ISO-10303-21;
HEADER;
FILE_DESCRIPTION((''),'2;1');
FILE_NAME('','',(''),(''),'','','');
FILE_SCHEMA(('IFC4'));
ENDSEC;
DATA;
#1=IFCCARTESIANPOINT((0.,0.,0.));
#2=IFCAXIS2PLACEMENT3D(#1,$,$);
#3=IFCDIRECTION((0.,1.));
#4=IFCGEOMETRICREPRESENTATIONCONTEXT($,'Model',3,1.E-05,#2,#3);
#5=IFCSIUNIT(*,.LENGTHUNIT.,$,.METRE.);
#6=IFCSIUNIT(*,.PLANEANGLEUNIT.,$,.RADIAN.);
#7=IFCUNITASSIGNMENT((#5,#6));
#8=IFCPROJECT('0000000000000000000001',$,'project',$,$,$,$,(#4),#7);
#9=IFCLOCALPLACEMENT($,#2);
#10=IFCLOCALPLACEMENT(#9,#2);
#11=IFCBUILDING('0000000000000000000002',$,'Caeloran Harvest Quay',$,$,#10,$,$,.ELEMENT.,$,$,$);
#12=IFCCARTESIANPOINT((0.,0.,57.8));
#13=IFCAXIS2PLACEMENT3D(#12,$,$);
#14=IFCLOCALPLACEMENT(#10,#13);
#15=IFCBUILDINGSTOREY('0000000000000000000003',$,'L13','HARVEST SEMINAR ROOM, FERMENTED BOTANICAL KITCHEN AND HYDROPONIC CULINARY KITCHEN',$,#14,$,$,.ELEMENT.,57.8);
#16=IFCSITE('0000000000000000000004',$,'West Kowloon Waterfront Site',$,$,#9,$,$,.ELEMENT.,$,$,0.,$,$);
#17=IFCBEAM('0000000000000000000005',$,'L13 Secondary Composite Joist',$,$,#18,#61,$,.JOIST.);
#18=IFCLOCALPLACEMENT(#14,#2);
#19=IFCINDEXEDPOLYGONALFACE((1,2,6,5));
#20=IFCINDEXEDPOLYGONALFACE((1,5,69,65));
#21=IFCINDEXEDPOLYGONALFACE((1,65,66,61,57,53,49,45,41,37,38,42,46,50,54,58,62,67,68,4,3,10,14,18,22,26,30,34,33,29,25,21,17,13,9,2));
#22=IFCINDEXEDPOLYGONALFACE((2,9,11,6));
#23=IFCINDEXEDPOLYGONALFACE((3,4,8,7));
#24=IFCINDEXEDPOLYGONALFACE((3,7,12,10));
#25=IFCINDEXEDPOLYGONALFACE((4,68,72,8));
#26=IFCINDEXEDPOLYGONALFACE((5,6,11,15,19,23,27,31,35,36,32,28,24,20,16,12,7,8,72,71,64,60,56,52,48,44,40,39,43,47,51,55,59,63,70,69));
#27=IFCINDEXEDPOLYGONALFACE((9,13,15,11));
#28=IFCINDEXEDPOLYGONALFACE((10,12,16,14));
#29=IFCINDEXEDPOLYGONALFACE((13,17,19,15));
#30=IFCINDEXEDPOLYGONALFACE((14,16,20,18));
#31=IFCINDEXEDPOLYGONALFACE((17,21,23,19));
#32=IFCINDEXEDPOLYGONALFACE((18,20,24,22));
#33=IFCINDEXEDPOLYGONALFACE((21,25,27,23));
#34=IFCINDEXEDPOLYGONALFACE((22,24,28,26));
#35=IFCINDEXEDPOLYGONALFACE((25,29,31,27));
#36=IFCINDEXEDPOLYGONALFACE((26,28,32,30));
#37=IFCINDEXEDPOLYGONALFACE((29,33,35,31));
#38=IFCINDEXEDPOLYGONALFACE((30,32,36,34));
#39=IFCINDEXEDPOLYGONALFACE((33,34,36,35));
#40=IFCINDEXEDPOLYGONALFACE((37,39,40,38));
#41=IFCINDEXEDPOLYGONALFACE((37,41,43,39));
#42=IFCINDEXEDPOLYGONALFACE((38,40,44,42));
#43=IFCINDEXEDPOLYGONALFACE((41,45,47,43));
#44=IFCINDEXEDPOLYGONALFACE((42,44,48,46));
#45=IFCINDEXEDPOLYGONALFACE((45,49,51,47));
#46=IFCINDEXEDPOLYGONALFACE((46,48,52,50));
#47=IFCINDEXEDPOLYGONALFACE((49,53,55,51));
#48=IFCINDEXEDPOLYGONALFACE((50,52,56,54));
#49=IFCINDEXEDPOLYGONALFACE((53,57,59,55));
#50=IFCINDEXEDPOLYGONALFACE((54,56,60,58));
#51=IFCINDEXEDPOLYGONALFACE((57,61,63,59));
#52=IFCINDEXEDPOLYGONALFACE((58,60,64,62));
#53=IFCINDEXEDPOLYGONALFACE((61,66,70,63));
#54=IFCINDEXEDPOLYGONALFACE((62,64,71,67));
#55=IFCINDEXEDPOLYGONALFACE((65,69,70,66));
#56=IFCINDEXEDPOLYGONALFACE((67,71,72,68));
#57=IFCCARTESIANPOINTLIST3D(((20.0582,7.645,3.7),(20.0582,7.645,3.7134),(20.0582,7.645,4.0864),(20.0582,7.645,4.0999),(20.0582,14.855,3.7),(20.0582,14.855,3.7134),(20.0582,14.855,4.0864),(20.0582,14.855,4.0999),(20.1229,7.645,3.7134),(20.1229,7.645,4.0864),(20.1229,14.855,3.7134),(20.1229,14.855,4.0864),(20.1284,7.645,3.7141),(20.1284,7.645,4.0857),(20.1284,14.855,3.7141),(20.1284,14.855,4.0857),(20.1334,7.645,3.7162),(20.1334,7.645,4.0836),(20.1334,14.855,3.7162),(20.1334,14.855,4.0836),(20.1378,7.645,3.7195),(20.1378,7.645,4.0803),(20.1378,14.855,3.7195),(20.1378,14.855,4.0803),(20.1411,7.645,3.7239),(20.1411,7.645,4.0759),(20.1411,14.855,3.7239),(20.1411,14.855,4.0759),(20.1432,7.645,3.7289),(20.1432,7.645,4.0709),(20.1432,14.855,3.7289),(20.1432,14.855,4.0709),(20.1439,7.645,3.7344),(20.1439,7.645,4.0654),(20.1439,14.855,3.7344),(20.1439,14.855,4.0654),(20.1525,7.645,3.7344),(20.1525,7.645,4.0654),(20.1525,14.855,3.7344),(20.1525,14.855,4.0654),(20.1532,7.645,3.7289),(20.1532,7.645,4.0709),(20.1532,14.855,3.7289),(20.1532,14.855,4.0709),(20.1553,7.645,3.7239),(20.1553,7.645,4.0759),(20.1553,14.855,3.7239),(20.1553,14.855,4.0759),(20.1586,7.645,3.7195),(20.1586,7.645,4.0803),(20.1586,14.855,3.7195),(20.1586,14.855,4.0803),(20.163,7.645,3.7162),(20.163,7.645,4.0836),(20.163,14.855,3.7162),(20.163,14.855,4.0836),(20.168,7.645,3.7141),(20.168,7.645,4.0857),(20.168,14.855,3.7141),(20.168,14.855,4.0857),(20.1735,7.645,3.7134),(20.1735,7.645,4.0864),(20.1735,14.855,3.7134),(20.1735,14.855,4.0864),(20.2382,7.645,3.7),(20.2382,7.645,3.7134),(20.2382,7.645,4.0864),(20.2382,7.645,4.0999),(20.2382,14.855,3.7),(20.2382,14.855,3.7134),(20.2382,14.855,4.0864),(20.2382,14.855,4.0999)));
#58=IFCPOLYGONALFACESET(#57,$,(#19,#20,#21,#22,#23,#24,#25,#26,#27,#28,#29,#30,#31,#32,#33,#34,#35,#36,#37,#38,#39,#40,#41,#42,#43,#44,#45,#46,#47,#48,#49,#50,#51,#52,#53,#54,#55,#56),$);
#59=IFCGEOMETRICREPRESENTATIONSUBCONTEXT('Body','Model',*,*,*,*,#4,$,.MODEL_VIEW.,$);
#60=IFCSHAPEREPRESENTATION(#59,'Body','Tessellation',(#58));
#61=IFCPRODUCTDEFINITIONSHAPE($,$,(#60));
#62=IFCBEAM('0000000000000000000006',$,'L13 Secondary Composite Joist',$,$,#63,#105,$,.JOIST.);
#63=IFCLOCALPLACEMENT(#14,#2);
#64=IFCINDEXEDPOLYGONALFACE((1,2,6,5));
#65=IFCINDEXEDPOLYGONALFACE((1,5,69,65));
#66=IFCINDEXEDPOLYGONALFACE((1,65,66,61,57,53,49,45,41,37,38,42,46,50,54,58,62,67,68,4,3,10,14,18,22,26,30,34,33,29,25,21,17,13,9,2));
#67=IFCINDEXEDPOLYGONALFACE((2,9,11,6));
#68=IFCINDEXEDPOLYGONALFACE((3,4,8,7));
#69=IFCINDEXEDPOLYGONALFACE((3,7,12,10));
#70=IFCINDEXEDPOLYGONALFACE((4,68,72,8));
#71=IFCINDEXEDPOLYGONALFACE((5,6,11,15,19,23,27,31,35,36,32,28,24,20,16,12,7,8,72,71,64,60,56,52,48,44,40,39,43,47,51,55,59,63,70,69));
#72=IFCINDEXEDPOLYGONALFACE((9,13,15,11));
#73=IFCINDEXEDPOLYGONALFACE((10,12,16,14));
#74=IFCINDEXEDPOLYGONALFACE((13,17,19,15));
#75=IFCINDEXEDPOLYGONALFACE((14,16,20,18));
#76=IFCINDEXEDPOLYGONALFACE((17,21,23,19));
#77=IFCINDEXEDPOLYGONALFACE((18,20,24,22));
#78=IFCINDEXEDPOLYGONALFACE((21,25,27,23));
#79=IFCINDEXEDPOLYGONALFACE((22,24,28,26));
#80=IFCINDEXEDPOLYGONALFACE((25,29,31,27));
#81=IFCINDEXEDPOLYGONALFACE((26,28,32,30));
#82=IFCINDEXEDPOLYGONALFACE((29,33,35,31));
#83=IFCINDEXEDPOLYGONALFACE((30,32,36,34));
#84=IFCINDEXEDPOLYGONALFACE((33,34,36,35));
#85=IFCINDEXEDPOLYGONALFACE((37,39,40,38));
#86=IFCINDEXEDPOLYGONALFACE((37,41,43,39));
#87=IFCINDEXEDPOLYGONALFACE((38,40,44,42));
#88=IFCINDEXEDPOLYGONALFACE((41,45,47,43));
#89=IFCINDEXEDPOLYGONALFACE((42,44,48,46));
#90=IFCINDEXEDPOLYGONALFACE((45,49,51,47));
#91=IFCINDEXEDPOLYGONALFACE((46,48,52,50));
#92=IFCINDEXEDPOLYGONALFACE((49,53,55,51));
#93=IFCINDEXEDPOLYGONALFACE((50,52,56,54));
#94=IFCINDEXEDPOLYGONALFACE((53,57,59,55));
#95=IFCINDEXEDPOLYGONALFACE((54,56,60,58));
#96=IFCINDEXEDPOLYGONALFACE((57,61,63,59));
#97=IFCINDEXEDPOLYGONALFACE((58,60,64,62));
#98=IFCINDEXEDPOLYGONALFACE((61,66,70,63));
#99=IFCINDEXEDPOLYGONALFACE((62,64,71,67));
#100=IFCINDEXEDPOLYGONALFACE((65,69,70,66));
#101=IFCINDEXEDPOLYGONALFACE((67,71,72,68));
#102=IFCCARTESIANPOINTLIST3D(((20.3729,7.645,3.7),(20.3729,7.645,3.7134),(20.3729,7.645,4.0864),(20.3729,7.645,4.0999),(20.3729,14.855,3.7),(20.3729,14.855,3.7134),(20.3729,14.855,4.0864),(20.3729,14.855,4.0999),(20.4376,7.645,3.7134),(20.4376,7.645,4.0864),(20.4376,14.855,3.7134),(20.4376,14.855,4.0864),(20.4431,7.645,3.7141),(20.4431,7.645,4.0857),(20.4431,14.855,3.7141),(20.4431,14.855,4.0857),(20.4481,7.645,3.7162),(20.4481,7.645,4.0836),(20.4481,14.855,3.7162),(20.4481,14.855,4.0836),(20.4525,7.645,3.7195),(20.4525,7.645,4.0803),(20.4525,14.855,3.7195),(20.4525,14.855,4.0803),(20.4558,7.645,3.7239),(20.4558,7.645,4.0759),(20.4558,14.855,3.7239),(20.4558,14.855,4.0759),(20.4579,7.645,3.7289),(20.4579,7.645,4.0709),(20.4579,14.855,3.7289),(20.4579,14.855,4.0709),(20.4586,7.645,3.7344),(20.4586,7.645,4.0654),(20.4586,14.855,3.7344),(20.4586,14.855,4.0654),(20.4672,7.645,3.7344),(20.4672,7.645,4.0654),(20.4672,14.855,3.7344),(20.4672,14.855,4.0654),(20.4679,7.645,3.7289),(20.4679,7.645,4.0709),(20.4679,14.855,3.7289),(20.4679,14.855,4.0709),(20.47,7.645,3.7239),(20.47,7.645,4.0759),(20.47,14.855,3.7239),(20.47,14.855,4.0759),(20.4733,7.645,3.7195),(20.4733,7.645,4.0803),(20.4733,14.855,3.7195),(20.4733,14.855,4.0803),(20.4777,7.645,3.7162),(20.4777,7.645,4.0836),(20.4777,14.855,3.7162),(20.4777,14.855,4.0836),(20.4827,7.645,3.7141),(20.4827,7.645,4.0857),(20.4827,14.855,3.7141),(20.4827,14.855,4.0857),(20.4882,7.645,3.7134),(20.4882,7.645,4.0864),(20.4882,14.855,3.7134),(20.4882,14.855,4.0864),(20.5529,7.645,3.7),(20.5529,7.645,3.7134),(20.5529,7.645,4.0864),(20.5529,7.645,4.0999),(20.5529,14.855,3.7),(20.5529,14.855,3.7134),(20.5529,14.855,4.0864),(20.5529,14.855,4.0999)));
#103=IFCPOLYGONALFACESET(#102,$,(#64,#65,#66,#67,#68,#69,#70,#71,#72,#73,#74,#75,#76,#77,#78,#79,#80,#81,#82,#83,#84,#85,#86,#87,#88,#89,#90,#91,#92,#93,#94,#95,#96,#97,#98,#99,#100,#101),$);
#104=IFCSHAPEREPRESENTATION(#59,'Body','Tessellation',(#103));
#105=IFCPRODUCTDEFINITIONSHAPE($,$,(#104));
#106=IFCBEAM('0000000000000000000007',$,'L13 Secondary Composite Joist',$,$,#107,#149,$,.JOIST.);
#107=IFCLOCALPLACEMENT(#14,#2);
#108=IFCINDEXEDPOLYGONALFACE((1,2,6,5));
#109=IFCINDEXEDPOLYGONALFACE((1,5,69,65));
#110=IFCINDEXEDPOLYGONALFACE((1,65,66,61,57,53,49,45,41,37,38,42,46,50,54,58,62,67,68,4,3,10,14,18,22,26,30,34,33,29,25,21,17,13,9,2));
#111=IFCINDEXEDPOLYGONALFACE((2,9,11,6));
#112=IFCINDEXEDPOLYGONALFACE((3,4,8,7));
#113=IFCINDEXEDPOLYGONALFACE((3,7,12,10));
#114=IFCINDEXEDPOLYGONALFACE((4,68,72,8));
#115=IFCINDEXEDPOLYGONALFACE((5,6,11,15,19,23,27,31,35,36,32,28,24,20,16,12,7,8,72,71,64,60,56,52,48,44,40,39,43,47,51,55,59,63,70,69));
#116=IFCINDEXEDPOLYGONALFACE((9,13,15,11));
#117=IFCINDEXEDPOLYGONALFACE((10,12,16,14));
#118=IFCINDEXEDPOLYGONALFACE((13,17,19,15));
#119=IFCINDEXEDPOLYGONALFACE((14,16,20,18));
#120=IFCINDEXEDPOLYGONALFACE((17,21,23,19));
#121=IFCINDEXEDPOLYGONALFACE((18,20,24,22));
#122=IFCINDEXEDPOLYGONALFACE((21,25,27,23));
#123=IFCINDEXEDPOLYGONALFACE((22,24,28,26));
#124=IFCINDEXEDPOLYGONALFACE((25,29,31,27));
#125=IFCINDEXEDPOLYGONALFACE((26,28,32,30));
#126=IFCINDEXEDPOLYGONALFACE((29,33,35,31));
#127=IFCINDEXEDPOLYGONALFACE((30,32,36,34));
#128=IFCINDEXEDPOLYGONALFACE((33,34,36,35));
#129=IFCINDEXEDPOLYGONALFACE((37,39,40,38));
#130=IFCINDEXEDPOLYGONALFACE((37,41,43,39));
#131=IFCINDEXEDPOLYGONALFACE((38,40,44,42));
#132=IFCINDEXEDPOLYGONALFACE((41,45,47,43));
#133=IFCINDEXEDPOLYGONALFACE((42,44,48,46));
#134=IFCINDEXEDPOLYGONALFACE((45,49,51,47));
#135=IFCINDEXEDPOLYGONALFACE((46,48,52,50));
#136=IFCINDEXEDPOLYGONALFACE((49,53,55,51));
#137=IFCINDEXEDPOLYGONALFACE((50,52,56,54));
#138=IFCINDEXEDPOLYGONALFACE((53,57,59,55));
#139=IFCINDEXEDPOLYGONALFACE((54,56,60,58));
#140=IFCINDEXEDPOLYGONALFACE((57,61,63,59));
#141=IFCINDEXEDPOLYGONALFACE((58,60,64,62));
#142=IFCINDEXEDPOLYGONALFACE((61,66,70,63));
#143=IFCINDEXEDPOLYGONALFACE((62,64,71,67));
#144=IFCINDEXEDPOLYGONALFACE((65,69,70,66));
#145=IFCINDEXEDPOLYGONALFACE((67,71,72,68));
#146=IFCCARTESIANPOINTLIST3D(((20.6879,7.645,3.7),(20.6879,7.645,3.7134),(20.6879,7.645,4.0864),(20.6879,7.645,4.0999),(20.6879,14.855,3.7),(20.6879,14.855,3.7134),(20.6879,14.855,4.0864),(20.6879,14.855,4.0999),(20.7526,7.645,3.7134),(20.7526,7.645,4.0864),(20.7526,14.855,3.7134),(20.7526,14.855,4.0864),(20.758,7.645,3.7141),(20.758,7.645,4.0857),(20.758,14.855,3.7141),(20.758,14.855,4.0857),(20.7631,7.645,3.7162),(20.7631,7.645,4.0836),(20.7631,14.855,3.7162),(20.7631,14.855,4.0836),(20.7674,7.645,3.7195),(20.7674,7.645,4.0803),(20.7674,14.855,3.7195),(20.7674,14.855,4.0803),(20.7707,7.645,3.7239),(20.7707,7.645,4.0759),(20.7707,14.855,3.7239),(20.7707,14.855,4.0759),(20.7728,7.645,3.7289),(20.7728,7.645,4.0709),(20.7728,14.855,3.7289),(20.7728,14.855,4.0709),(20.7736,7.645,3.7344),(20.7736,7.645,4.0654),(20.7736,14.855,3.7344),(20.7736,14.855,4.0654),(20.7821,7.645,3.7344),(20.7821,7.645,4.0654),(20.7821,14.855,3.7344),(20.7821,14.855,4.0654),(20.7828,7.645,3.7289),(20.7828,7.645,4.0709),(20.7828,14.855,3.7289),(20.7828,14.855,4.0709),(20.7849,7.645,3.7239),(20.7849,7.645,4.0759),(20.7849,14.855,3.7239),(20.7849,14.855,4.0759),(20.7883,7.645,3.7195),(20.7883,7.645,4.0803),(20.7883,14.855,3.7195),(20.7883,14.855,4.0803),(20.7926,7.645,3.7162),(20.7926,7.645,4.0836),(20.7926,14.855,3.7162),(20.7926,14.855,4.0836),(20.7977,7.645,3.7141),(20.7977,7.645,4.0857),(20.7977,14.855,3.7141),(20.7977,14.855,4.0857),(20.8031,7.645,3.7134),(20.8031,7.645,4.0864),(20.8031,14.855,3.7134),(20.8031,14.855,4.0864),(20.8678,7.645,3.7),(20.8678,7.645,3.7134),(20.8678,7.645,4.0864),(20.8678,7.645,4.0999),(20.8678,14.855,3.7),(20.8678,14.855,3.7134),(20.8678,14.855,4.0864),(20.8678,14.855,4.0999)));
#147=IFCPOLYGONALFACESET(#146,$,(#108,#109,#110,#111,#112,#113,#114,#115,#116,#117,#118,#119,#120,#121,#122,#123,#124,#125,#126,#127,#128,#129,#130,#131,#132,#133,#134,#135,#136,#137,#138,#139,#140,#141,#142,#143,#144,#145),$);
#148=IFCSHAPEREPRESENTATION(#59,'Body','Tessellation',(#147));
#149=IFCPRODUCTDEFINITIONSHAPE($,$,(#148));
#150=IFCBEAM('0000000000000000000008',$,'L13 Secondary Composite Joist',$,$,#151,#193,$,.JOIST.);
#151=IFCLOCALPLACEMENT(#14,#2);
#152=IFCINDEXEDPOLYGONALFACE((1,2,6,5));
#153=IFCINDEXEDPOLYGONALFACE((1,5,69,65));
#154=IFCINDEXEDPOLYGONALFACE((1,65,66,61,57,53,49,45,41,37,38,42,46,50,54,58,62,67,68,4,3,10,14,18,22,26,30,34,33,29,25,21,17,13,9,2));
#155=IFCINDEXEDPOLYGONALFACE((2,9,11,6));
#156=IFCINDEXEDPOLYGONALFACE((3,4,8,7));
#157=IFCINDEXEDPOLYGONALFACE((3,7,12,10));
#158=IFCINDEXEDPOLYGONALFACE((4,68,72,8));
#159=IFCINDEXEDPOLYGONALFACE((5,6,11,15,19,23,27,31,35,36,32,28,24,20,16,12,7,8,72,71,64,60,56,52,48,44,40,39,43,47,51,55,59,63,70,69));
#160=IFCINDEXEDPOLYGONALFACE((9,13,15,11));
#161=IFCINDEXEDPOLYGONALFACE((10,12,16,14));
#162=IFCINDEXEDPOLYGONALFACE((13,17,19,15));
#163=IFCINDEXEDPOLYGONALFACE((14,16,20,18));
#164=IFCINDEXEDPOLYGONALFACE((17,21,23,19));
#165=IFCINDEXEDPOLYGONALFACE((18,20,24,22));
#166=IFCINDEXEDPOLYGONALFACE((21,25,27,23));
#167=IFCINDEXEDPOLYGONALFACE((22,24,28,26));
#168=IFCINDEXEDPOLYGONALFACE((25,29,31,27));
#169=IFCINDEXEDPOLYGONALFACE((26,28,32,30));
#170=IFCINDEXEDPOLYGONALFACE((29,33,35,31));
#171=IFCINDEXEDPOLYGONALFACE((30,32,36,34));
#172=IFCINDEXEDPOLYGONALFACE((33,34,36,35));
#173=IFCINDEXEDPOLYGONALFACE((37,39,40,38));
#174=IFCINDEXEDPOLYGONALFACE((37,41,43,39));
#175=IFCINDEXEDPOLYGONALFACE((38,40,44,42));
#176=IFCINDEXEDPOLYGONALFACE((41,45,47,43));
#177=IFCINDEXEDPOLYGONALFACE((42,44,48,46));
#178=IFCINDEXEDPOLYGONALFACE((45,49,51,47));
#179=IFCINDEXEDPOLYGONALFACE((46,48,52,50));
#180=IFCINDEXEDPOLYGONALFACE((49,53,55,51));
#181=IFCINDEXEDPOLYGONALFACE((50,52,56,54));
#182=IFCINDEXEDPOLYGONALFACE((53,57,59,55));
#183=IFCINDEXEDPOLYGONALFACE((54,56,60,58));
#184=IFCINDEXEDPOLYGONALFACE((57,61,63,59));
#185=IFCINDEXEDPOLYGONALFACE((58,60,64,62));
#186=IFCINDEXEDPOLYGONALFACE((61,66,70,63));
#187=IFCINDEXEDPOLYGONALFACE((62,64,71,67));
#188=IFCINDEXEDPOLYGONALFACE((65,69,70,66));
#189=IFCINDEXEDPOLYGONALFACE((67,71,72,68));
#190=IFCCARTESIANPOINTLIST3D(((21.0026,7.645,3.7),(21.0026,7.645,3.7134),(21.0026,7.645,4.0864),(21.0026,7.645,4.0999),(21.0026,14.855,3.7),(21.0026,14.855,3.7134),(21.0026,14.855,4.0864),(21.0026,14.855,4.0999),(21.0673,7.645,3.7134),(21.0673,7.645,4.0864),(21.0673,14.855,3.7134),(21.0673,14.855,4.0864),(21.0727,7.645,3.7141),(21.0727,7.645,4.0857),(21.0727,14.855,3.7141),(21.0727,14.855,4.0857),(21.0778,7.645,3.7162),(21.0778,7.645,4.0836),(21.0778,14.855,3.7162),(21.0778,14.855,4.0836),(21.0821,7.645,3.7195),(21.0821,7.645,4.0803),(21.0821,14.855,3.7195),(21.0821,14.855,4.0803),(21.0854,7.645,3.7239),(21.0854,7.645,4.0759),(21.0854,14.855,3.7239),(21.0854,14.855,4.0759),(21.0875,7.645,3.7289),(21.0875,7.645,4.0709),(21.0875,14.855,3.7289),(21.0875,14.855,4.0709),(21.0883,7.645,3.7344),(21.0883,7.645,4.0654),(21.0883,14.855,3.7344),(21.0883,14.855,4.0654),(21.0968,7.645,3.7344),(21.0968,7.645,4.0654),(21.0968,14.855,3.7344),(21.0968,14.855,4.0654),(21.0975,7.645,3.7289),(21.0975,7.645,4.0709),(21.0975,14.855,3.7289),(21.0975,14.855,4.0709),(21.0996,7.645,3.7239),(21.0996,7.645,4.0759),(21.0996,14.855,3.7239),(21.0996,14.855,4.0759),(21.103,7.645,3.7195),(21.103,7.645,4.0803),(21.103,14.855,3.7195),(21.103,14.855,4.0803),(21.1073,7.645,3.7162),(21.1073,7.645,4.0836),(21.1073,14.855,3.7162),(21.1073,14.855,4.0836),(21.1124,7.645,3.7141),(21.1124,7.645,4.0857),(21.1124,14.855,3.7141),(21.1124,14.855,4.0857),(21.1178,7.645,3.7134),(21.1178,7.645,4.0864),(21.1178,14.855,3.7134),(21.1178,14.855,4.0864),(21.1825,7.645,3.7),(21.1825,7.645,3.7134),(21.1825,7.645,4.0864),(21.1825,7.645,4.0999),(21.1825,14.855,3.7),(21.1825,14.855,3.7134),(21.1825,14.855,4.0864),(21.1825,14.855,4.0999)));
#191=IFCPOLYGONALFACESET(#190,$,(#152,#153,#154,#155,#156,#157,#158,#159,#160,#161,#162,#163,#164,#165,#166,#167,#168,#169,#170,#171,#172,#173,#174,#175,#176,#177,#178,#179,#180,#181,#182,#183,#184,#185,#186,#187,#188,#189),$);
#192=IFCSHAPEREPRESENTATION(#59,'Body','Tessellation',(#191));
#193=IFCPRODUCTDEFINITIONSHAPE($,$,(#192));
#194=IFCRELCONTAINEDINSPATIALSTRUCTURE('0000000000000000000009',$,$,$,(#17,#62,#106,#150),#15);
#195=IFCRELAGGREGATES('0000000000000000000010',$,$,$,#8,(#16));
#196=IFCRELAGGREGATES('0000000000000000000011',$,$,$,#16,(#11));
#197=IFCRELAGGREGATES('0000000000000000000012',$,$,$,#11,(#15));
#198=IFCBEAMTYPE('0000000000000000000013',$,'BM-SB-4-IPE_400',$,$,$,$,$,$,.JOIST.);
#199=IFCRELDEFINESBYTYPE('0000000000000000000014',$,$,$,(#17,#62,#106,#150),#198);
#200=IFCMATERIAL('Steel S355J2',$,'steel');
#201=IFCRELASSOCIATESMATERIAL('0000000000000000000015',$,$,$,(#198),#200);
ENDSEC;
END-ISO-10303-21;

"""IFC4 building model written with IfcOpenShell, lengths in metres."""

from ifc_helpers import new_model, si_unit, direction, frame, origin, origin_2d, place, context, subcontext, project, spatial, i_section, extrude, material, material_profile, profile_set, type_object, element, save


model = new_model("IFC4")

# Units and contexts
model_context = context("Model", 3, precision=1e-05, world=origin(), true_north=direction((0.0, 1.0)))
body_context = subcontext(model_context, "Body", "Model", "MODEL_VIEW")
ifc_project = project(units=[si_unit("LENGTHUNIT", "METRE"), si_unit("PLANEANGLEUNIT", "RADIAN")], contexts=[model_context])

# Site, building, storey
site_placement = place(None, origin())
site = spatial("IfcSite", under=ifc_project, at=site_placement, Name="West Kowloon Waterfront Site", CompositionType="ELEMENT", RefElevation=0.0)
building_placement = place(site_placement, origin())
building = spatial("IfcBuilding", under=site, at=building_placement, Name="Caeloran Harvest Quay", CompositionType="ELEMENT")
storey_placement = place(building_placement, frame((0.0, 0.0, 57.8)))
storey = spatial("IfcBuildingStorey", under=building, at=storey_placement, Name="L13", Description="HARVEST SEMINAR ROOM, FERMENTED BOTANICAL KITCHEN AND HYDROPONIC CULINARY KITCHEN", CompositionType="ELEMENT", Elevation=57.8)

# Beams
ifc_material = material(Name="Steel S355J2", Category="steel")
ifc_material_profile_1 = material_profile(ifc_material, i_section(OverallWidth=0.1799, OverallDepth=0.3999, WebThickness=0.0085, FlangeThickness=0.0134, FilletRadius=0.021, at=origin_2d()), Name="IPE 400")
ifc_profile_set_1 = profile_set([ifc_material_profile_1], Name="Steel S355J2")
beam_type_1 = type_object("IfcBeamType", Name="BM-SB-4-IPE_400", PredefinedType="JOIST", material=ifc_profile_set_1)
for number, where, z_axis, x_axis, name in (
    (1, (20.1482, 7.645, 3.8999), (0.0, 1.0, 0.0), (-1.0, 0.0, 0.0), "L13 Secondary Composite Joist"),
    (2, (20.4629, 7.645, 3.8999), (0.0, 1.0, 0.0), (-1.0, 0.0, 0.0), "L13 Secondary Composite Joist"),
    (3, (20.7778, 7.645, 3.8999), (0.0, 1.0, 0.0), (-1.0, 0.0, 0.0), "L13 Secondary Composite Joist"),
    (4, (21.0925, 7.645, 3.8999), (0.0, 1.0, 0.0), (-1.0, 0.0, 0.0), "L13 Secondary Composite Joist"),
):
    element("IfcBeam", number, at=place(storey_placement, frame(where, z_axis=z_axis, x_axis=x_axis)), inside=storey, type_object=beam_type_1, Name=name, PredefinedType="JOIST", context=body_context, shape_type="SweptSolid", body=[
        extrude(i_section(OverallWidth=0.1799, OverallDepth=0.3999, WebThickness=0.0085, FlangeThickness=0.0134, FilletRadius=0.021, at=origin_2d()), origin(), (0.0, 0.0, 1.0), 7.21),
    ])

save(model, "model.ifc")
